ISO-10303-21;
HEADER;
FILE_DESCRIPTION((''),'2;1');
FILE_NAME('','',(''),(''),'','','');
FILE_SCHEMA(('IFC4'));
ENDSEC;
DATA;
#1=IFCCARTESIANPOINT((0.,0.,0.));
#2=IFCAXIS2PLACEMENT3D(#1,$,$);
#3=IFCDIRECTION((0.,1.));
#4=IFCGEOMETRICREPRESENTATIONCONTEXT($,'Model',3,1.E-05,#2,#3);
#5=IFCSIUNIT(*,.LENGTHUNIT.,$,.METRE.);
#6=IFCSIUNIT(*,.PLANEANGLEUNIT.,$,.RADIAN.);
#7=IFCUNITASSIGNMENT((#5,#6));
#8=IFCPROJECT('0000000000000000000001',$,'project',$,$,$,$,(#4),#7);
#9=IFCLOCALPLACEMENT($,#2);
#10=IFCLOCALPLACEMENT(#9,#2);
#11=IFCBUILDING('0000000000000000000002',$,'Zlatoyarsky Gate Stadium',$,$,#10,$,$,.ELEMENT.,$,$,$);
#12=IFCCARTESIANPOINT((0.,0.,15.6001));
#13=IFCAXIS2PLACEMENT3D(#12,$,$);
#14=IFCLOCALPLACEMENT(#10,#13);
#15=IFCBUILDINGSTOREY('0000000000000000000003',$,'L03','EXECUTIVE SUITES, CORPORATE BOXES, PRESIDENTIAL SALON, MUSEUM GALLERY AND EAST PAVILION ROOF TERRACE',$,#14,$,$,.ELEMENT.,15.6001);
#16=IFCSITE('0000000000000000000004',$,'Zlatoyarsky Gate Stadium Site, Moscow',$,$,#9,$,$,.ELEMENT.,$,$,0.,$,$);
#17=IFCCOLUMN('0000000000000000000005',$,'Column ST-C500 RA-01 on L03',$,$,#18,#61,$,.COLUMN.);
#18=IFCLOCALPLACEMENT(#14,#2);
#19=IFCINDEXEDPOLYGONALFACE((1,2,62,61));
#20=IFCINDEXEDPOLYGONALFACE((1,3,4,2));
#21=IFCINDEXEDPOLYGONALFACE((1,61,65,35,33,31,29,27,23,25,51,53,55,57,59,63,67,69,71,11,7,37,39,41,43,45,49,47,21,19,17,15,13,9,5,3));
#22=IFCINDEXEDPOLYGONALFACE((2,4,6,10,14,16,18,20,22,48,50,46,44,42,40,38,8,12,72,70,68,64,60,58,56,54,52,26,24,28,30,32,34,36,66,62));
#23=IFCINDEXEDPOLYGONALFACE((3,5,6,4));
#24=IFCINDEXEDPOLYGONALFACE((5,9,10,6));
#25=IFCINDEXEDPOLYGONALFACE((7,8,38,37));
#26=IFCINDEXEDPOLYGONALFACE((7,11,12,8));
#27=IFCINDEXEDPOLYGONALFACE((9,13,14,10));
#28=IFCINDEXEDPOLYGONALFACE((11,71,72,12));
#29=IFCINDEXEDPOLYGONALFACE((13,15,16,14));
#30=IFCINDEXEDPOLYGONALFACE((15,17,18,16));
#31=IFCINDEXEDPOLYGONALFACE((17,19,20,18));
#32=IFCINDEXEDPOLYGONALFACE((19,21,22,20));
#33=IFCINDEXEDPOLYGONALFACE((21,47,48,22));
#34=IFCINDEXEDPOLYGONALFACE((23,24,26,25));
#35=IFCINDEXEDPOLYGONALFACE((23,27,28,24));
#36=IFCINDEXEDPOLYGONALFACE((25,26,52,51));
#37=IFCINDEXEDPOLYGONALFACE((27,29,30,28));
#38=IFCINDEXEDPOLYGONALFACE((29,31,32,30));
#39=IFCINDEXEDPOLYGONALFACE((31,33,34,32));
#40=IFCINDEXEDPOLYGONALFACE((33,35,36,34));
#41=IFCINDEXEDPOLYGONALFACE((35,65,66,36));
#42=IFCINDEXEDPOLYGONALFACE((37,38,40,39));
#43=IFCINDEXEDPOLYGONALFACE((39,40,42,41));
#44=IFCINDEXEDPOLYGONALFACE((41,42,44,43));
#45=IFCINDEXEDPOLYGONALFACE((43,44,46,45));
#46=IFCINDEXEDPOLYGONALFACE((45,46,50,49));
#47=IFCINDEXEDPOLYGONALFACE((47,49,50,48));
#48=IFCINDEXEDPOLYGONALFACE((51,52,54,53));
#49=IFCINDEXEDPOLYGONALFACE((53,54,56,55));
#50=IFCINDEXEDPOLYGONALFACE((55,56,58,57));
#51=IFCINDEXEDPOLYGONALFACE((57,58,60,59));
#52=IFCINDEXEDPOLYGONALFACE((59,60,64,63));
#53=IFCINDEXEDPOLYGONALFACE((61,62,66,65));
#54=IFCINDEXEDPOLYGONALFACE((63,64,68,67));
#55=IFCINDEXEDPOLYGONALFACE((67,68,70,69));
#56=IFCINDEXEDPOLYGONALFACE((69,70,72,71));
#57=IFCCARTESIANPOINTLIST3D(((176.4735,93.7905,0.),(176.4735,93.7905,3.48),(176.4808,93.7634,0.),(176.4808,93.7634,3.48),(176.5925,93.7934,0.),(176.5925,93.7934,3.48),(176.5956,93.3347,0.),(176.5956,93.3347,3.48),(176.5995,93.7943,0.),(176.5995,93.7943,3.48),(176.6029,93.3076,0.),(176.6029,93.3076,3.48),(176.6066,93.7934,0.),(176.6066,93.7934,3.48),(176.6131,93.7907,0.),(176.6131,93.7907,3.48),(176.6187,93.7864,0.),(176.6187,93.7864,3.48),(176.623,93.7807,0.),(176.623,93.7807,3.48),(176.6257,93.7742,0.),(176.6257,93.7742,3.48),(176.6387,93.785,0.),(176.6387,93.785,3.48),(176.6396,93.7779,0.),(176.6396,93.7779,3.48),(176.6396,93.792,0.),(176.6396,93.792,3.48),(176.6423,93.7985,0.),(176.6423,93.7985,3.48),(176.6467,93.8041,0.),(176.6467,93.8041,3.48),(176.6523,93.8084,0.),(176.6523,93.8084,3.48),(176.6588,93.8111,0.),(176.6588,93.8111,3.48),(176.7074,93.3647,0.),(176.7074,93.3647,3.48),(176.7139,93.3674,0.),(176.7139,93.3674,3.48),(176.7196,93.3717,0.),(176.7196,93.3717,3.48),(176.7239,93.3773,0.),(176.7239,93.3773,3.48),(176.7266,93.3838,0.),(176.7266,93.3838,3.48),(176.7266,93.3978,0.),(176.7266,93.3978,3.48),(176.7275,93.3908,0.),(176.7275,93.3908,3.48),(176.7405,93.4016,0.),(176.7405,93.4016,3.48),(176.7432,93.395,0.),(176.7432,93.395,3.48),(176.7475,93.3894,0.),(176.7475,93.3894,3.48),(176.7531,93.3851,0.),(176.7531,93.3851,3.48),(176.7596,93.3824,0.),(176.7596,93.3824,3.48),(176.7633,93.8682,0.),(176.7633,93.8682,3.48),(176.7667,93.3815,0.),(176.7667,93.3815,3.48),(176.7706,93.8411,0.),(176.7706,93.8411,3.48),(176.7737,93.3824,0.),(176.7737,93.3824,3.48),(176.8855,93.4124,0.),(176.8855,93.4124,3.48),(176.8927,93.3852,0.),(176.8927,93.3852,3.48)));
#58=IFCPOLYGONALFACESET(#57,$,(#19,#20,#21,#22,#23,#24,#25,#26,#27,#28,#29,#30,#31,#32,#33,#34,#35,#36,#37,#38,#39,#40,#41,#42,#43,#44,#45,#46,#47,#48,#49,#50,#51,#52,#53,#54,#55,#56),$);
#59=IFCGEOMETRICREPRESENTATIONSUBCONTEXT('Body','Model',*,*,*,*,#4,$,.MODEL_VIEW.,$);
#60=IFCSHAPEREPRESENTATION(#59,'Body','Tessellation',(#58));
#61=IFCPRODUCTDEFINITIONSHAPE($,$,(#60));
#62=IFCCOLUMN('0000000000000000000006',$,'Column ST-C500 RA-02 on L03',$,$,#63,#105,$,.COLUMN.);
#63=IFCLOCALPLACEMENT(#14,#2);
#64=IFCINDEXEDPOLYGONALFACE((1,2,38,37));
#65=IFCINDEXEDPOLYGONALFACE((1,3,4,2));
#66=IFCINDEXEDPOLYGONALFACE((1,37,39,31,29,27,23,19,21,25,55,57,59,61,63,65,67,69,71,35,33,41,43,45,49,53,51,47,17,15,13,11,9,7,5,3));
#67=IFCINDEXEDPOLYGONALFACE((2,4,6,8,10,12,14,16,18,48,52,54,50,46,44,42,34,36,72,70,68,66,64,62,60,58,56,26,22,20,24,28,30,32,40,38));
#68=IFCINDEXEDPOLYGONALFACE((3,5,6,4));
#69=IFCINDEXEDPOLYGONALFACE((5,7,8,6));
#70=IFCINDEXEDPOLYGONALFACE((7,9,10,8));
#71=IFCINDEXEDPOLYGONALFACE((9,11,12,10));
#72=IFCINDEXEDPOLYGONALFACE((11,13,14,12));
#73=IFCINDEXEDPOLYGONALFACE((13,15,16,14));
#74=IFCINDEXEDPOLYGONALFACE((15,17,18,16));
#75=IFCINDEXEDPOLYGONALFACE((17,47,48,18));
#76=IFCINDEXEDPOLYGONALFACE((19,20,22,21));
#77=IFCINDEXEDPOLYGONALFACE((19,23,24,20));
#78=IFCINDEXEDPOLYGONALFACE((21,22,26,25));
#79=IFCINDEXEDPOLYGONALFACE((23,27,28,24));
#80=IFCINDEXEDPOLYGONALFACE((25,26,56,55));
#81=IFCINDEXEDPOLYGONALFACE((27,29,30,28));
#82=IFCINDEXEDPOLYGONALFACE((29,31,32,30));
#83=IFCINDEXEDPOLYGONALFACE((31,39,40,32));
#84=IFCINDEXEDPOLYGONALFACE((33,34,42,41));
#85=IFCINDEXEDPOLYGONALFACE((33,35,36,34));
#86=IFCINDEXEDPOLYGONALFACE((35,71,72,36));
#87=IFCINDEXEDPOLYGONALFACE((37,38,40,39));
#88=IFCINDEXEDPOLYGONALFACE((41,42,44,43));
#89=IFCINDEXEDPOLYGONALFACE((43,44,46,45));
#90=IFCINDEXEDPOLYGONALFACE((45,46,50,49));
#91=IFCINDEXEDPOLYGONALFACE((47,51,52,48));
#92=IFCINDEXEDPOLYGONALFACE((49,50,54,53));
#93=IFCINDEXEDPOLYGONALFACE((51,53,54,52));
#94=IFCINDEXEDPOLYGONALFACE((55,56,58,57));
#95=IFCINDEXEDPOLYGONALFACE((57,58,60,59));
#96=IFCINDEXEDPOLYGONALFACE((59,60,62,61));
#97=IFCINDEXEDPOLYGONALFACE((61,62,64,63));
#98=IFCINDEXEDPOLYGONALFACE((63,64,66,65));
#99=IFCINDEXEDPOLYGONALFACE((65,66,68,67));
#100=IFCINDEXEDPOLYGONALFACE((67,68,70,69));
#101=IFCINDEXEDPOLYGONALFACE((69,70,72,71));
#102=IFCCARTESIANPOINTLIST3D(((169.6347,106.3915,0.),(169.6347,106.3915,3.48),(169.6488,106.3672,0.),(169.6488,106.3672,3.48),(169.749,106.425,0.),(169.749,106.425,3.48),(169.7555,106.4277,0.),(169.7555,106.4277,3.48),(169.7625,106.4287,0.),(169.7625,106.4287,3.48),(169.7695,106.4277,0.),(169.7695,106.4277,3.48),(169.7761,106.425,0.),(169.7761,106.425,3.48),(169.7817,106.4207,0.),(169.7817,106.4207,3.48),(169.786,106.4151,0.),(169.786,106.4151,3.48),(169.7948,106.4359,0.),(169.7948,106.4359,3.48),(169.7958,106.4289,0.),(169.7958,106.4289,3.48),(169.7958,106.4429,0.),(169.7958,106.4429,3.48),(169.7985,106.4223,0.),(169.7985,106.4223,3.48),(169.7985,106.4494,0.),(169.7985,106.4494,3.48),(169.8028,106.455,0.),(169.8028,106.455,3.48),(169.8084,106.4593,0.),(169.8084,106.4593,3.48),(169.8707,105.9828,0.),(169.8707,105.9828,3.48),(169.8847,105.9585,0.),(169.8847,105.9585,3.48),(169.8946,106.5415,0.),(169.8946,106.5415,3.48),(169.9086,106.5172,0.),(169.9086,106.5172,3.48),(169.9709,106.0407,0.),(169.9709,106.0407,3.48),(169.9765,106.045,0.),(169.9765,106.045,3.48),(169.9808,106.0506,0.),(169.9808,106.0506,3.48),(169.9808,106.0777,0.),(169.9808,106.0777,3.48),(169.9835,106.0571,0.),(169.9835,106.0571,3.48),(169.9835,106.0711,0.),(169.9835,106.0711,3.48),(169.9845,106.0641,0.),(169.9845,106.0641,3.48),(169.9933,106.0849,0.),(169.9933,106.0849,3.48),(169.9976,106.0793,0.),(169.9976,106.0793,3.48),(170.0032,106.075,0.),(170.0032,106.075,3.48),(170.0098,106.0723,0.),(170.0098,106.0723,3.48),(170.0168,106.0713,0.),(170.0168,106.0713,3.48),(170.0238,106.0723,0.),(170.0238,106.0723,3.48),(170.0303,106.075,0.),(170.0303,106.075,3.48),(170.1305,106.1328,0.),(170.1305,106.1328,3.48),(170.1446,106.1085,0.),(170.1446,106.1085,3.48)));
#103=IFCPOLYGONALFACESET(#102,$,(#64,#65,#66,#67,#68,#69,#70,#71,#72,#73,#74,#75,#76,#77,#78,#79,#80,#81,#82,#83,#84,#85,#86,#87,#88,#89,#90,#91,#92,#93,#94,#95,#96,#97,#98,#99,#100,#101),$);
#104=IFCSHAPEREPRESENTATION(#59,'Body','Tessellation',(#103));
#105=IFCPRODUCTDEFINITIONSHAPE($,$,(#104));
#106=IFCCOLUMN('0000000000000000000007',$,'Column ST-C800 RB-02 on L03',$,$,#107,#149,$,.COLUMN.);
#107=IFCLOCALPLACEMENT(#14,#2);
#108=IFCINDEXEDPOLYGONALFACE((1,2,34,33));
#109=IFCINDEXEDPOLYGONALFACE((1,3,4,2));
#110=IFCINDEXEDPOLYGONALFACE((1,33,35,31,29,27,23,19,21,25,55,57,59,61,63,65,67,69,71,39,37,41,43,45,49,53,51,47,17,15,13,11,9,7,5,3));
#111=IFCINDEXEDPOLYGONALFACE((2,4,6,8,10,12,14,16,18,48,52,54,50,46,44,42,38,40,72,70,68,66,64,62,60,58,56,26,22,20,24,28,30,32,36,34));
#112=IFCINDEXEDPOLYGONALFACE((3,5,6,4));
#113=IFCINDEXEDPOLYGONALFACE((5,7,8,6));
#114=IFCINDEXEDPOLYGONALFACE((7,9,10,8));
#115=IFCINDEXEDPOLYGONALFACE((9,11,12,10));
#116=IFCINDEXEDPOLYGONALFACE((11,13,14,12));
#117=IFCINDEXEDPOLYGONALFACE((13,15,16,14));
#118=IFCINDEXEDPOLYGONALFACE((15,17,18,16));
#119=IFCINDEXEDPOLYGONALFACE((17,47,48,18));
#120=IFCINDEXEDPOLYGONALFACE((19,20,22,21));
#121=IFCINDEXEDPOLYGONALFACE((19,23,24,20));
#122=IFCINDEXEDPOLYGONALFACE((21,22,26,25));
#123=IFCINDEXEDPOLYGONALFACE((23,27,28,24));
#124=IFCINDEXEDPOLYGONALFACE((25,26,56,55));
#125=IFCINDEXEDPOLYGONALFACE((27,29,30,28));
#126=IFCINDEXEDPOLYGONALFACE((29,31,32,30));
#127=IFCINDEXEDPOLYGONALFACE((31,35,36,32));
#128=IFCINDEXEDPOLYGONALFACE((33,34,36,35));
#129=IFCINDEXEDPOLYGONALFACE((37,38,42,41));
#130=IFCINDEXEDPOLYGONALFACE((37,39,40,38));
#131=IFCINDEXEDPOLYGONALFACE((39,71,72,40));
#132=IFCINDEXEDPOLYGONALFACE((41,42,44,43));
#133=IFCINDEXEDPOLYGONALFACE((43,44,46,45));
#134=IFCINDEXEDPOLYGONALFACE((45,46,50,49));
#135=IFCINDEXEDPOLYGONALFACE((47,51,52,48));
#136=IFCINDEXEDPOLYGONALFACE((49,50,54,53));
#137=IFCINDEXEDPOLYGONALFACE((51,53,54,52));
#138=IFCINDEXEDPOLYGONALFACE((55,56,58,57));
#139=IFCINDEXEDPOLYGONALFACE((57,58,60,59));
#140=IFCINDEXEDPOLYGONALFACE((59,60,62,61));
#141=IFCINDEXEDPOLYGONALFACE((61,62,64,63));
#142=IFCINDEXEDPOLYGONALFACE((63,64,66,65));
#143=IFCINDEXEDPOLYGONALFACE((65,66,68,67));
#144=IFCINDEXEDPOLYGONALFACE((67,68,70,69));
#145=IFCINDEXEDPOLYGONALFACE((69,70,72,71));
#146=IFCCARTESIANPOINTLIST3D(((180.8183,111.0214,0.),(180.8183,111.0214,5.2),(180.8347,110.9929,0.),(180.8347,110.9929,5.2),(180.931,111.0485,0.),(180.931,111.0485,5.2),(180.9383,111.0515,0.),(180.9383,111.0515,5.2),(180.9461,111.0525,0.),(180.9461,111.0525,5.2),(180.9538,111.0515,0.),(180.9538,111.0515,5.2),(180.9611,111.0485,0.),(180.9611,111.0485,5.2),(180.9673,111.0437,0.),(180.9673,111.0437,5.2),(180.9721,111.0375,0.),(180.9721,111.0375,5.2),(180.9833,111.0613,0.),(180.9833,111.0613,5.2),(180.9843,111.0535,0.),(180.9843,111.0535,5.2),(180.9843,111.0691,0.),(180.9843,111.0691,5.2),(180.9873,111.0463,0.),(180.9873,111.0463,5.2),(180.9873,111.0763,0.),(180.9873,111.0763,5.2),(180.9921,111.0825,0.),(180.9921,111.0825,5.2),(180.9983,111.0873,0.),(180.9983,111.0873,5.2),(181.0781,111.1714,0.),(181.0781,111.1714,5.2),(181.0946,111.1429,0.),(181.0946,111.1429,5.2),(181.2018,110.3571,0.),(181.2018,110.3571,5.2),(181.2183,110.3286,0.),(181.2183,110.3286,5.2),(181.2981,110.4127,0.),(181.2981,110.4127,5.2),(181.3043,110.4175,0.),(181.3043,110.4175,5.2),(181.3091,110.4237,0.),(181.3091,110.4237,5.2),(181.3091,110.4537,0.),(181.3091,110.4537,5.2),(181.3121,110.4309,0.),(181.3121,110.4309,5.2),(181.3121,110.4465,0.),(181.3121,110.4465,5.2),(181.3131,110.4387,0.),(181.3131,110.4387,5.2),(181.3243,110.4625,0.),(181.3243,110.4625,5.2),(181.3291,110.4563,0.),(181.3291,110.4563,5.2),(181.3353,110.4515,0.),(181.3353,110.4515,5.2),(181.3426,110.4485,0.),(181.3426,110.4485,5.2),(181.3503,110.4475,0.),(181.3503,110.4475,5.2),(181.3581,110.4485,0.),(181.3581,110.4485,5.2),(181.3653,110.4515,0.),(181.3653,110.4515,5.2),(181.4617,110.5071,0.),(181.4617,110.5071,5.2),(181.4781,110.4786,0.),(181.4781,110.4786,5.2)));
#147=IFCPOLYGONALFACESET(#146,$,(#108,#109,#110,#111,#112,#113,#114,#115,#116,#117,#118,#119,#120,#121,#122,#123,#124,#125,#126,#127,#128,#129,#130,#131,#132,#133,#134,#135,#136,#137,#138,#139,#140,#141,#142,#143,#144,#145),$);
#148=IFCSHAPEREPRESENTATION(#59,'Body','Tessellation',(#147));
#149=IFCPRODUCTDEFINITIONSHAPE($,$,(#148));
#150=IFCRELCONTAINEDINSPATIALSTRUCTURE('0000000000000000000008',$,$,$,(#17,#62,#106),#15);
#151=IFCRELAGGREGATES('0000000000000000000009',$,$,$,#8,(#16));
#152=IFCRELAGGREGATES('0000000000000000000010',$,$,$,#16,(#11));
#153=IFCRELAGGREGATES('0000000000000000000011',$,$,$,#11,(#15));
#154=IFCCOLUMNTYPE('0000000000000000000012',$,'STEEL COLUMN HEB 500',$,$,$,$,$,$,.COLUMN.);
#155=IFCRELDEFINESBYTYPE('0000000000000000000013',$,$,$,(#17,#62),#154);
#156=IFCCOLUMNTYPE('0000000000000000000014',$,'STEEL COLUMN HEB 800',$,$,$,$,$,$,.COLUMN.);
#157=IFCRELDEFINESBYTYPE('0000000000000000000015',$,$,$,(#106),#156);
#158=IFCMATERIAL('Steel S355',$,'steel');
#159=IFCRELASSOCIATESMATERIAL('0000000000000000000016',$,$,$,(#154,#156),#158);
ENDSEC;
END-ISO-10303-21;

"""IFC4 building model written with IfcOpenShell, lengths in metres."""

from ifc_helpers import new_model, si_unit, direction, frame, origin, origin_2d, place, context, subcontext, project, spatial, i_section, extrude, material, material_profile, profile_set, type_object, element, save


model = new_model("IFC4")

# Units and contexts
model_context = context("Model", 3, precision=1e-05, world=origin(), true_north=direction((0.0, 1.0)))
body_context = subcontext(model_context, "Body", "Model", "MODEL_VIEW")
ifc_project = project(units=[si_unit("LENGTHUNIT", "METRE"), si_unit("PLANEANGLEUNIT", "RADIAN")], contexts=[model_context])

# Site, building, storey
site_placement = place(None, origin())
site = spatial("IfcSite", under=ifc_project, at=site_placement, Name="Zlatoyarsky Gate Stadium Site, Moscow", CompositionType="ELEMENT", RefElevation=0.0)
building_placement = place(site_placement, origin())
building = spatial("IfcBuilding", under=site, at=building_placement, Name="Zlatoyarsky Gate Stadium", CompositionType="ELEMENT")
storey_placement = place(building_placement, frame((0.0, 0.0, 15.6001)))
storey = spatial("IfcBuildingStorey", under=building, at=storey_placement, Name="L03", Description="EXECUTIVE SUITES, CORPORATE BOXES, PRESIDENTIAL SALON, MUSEUM GALLERY AND EAST PAVILION ROOF TERRACE", CompositionType="ELEMENT", Elevation=15.6001)

# Columns
ifc_material_1 = material(Name="Steel S355", Category="steel")
ifc_material_profile_1 = material_profile(ifc_material_1, i_section(OverallWidth=0.3, OverallDepth=0.5, WebThickness=0.0144, FlangeThickness=0.0281, FilletRadius=0.0271, at=origin_2d()), Name="HEB 500")
ifc_profile_set_1 = profile_set([ifc_material_profile_1], Name="Steel S355")
column_type_1 = type_object("IfcColumnType", Name="STEEL COLUMN HEB 500", PredefinedType="COLUMN", material=ifc_profile_set_1)
for number, where, z_axis, x_axis, name in (
    (1, (176.6831, 93.5879, 0.0), (0.0, 0.0, 1.0), (0.965926, 0.258819, 0.0), "Column ST-C500 RA-01 on L03"),
    (2, (169.8896, 106.25, 0.0), (0.0, 0.0, 1.0), (0.866025, 0.5, 0.0), "Column ST-C500 RA-02 on L03"),
):
    element("IfcColumn", number, at=place(storey_placement, frame(where, z_axis=z_axis, x_axis=x_axis)), inside=storey, type_object=column_type_1, Name=name, PredefinedType="COLUMN", context=body_context, shape_type="SweptSolid", body=[
        extrude(i_section(OverallWidth=0.3, OverallDepth=0.5, WebThickness=0.0144, FlangeThickness=0.0281, FilletRadius=0.0271, at=origin_2d()), origin(), (0.0, 0.0, 1.0), 3.48),
    ])
ifc_material_profile_2 = material_profile(ifc_material_1, i_section(OverallWidth=0.3, OverallDepth=0.8, WebThickness=0.0176, FlangeThickness=0.033, FilletRadius=0.03, at=origin_2d()), Name="HEB 800")
ifc_profile_set_2 = profile_set([ifc_material_profile_2], Name="Steel S355")
column_type_2 = type_object("IfcColumnType", Name="STEEL COLUMN HEB 800", PredefinedType="COLUMN", material=ifc_profile_set_2)
column_placement = place(storey_placement, frame((181.1482, 110.75, 0.0), z_axis=(0.0, 0.0, 1.0), x_axis=(0.866025, 0.5, 0.0)))
element("IfcColumn", 3, at=column_placement, inside=storey, type_object=column_type_2, Name="Column ST-C800 RB-02 on L03", PredefinedType="COLUMN", context=body_context, shape_type="SweptSolid", body=[
    extrude(i_section(OverallWidth=0.3, OverallDepth=0.8, WebThickness=0.0176, FlangeThickness=0.033, FilletRadius=0.03, at=origin_2d()), origin(), (0.0, 0.0, 1.0), 5.2),
])

save(model, "model.ifc")
